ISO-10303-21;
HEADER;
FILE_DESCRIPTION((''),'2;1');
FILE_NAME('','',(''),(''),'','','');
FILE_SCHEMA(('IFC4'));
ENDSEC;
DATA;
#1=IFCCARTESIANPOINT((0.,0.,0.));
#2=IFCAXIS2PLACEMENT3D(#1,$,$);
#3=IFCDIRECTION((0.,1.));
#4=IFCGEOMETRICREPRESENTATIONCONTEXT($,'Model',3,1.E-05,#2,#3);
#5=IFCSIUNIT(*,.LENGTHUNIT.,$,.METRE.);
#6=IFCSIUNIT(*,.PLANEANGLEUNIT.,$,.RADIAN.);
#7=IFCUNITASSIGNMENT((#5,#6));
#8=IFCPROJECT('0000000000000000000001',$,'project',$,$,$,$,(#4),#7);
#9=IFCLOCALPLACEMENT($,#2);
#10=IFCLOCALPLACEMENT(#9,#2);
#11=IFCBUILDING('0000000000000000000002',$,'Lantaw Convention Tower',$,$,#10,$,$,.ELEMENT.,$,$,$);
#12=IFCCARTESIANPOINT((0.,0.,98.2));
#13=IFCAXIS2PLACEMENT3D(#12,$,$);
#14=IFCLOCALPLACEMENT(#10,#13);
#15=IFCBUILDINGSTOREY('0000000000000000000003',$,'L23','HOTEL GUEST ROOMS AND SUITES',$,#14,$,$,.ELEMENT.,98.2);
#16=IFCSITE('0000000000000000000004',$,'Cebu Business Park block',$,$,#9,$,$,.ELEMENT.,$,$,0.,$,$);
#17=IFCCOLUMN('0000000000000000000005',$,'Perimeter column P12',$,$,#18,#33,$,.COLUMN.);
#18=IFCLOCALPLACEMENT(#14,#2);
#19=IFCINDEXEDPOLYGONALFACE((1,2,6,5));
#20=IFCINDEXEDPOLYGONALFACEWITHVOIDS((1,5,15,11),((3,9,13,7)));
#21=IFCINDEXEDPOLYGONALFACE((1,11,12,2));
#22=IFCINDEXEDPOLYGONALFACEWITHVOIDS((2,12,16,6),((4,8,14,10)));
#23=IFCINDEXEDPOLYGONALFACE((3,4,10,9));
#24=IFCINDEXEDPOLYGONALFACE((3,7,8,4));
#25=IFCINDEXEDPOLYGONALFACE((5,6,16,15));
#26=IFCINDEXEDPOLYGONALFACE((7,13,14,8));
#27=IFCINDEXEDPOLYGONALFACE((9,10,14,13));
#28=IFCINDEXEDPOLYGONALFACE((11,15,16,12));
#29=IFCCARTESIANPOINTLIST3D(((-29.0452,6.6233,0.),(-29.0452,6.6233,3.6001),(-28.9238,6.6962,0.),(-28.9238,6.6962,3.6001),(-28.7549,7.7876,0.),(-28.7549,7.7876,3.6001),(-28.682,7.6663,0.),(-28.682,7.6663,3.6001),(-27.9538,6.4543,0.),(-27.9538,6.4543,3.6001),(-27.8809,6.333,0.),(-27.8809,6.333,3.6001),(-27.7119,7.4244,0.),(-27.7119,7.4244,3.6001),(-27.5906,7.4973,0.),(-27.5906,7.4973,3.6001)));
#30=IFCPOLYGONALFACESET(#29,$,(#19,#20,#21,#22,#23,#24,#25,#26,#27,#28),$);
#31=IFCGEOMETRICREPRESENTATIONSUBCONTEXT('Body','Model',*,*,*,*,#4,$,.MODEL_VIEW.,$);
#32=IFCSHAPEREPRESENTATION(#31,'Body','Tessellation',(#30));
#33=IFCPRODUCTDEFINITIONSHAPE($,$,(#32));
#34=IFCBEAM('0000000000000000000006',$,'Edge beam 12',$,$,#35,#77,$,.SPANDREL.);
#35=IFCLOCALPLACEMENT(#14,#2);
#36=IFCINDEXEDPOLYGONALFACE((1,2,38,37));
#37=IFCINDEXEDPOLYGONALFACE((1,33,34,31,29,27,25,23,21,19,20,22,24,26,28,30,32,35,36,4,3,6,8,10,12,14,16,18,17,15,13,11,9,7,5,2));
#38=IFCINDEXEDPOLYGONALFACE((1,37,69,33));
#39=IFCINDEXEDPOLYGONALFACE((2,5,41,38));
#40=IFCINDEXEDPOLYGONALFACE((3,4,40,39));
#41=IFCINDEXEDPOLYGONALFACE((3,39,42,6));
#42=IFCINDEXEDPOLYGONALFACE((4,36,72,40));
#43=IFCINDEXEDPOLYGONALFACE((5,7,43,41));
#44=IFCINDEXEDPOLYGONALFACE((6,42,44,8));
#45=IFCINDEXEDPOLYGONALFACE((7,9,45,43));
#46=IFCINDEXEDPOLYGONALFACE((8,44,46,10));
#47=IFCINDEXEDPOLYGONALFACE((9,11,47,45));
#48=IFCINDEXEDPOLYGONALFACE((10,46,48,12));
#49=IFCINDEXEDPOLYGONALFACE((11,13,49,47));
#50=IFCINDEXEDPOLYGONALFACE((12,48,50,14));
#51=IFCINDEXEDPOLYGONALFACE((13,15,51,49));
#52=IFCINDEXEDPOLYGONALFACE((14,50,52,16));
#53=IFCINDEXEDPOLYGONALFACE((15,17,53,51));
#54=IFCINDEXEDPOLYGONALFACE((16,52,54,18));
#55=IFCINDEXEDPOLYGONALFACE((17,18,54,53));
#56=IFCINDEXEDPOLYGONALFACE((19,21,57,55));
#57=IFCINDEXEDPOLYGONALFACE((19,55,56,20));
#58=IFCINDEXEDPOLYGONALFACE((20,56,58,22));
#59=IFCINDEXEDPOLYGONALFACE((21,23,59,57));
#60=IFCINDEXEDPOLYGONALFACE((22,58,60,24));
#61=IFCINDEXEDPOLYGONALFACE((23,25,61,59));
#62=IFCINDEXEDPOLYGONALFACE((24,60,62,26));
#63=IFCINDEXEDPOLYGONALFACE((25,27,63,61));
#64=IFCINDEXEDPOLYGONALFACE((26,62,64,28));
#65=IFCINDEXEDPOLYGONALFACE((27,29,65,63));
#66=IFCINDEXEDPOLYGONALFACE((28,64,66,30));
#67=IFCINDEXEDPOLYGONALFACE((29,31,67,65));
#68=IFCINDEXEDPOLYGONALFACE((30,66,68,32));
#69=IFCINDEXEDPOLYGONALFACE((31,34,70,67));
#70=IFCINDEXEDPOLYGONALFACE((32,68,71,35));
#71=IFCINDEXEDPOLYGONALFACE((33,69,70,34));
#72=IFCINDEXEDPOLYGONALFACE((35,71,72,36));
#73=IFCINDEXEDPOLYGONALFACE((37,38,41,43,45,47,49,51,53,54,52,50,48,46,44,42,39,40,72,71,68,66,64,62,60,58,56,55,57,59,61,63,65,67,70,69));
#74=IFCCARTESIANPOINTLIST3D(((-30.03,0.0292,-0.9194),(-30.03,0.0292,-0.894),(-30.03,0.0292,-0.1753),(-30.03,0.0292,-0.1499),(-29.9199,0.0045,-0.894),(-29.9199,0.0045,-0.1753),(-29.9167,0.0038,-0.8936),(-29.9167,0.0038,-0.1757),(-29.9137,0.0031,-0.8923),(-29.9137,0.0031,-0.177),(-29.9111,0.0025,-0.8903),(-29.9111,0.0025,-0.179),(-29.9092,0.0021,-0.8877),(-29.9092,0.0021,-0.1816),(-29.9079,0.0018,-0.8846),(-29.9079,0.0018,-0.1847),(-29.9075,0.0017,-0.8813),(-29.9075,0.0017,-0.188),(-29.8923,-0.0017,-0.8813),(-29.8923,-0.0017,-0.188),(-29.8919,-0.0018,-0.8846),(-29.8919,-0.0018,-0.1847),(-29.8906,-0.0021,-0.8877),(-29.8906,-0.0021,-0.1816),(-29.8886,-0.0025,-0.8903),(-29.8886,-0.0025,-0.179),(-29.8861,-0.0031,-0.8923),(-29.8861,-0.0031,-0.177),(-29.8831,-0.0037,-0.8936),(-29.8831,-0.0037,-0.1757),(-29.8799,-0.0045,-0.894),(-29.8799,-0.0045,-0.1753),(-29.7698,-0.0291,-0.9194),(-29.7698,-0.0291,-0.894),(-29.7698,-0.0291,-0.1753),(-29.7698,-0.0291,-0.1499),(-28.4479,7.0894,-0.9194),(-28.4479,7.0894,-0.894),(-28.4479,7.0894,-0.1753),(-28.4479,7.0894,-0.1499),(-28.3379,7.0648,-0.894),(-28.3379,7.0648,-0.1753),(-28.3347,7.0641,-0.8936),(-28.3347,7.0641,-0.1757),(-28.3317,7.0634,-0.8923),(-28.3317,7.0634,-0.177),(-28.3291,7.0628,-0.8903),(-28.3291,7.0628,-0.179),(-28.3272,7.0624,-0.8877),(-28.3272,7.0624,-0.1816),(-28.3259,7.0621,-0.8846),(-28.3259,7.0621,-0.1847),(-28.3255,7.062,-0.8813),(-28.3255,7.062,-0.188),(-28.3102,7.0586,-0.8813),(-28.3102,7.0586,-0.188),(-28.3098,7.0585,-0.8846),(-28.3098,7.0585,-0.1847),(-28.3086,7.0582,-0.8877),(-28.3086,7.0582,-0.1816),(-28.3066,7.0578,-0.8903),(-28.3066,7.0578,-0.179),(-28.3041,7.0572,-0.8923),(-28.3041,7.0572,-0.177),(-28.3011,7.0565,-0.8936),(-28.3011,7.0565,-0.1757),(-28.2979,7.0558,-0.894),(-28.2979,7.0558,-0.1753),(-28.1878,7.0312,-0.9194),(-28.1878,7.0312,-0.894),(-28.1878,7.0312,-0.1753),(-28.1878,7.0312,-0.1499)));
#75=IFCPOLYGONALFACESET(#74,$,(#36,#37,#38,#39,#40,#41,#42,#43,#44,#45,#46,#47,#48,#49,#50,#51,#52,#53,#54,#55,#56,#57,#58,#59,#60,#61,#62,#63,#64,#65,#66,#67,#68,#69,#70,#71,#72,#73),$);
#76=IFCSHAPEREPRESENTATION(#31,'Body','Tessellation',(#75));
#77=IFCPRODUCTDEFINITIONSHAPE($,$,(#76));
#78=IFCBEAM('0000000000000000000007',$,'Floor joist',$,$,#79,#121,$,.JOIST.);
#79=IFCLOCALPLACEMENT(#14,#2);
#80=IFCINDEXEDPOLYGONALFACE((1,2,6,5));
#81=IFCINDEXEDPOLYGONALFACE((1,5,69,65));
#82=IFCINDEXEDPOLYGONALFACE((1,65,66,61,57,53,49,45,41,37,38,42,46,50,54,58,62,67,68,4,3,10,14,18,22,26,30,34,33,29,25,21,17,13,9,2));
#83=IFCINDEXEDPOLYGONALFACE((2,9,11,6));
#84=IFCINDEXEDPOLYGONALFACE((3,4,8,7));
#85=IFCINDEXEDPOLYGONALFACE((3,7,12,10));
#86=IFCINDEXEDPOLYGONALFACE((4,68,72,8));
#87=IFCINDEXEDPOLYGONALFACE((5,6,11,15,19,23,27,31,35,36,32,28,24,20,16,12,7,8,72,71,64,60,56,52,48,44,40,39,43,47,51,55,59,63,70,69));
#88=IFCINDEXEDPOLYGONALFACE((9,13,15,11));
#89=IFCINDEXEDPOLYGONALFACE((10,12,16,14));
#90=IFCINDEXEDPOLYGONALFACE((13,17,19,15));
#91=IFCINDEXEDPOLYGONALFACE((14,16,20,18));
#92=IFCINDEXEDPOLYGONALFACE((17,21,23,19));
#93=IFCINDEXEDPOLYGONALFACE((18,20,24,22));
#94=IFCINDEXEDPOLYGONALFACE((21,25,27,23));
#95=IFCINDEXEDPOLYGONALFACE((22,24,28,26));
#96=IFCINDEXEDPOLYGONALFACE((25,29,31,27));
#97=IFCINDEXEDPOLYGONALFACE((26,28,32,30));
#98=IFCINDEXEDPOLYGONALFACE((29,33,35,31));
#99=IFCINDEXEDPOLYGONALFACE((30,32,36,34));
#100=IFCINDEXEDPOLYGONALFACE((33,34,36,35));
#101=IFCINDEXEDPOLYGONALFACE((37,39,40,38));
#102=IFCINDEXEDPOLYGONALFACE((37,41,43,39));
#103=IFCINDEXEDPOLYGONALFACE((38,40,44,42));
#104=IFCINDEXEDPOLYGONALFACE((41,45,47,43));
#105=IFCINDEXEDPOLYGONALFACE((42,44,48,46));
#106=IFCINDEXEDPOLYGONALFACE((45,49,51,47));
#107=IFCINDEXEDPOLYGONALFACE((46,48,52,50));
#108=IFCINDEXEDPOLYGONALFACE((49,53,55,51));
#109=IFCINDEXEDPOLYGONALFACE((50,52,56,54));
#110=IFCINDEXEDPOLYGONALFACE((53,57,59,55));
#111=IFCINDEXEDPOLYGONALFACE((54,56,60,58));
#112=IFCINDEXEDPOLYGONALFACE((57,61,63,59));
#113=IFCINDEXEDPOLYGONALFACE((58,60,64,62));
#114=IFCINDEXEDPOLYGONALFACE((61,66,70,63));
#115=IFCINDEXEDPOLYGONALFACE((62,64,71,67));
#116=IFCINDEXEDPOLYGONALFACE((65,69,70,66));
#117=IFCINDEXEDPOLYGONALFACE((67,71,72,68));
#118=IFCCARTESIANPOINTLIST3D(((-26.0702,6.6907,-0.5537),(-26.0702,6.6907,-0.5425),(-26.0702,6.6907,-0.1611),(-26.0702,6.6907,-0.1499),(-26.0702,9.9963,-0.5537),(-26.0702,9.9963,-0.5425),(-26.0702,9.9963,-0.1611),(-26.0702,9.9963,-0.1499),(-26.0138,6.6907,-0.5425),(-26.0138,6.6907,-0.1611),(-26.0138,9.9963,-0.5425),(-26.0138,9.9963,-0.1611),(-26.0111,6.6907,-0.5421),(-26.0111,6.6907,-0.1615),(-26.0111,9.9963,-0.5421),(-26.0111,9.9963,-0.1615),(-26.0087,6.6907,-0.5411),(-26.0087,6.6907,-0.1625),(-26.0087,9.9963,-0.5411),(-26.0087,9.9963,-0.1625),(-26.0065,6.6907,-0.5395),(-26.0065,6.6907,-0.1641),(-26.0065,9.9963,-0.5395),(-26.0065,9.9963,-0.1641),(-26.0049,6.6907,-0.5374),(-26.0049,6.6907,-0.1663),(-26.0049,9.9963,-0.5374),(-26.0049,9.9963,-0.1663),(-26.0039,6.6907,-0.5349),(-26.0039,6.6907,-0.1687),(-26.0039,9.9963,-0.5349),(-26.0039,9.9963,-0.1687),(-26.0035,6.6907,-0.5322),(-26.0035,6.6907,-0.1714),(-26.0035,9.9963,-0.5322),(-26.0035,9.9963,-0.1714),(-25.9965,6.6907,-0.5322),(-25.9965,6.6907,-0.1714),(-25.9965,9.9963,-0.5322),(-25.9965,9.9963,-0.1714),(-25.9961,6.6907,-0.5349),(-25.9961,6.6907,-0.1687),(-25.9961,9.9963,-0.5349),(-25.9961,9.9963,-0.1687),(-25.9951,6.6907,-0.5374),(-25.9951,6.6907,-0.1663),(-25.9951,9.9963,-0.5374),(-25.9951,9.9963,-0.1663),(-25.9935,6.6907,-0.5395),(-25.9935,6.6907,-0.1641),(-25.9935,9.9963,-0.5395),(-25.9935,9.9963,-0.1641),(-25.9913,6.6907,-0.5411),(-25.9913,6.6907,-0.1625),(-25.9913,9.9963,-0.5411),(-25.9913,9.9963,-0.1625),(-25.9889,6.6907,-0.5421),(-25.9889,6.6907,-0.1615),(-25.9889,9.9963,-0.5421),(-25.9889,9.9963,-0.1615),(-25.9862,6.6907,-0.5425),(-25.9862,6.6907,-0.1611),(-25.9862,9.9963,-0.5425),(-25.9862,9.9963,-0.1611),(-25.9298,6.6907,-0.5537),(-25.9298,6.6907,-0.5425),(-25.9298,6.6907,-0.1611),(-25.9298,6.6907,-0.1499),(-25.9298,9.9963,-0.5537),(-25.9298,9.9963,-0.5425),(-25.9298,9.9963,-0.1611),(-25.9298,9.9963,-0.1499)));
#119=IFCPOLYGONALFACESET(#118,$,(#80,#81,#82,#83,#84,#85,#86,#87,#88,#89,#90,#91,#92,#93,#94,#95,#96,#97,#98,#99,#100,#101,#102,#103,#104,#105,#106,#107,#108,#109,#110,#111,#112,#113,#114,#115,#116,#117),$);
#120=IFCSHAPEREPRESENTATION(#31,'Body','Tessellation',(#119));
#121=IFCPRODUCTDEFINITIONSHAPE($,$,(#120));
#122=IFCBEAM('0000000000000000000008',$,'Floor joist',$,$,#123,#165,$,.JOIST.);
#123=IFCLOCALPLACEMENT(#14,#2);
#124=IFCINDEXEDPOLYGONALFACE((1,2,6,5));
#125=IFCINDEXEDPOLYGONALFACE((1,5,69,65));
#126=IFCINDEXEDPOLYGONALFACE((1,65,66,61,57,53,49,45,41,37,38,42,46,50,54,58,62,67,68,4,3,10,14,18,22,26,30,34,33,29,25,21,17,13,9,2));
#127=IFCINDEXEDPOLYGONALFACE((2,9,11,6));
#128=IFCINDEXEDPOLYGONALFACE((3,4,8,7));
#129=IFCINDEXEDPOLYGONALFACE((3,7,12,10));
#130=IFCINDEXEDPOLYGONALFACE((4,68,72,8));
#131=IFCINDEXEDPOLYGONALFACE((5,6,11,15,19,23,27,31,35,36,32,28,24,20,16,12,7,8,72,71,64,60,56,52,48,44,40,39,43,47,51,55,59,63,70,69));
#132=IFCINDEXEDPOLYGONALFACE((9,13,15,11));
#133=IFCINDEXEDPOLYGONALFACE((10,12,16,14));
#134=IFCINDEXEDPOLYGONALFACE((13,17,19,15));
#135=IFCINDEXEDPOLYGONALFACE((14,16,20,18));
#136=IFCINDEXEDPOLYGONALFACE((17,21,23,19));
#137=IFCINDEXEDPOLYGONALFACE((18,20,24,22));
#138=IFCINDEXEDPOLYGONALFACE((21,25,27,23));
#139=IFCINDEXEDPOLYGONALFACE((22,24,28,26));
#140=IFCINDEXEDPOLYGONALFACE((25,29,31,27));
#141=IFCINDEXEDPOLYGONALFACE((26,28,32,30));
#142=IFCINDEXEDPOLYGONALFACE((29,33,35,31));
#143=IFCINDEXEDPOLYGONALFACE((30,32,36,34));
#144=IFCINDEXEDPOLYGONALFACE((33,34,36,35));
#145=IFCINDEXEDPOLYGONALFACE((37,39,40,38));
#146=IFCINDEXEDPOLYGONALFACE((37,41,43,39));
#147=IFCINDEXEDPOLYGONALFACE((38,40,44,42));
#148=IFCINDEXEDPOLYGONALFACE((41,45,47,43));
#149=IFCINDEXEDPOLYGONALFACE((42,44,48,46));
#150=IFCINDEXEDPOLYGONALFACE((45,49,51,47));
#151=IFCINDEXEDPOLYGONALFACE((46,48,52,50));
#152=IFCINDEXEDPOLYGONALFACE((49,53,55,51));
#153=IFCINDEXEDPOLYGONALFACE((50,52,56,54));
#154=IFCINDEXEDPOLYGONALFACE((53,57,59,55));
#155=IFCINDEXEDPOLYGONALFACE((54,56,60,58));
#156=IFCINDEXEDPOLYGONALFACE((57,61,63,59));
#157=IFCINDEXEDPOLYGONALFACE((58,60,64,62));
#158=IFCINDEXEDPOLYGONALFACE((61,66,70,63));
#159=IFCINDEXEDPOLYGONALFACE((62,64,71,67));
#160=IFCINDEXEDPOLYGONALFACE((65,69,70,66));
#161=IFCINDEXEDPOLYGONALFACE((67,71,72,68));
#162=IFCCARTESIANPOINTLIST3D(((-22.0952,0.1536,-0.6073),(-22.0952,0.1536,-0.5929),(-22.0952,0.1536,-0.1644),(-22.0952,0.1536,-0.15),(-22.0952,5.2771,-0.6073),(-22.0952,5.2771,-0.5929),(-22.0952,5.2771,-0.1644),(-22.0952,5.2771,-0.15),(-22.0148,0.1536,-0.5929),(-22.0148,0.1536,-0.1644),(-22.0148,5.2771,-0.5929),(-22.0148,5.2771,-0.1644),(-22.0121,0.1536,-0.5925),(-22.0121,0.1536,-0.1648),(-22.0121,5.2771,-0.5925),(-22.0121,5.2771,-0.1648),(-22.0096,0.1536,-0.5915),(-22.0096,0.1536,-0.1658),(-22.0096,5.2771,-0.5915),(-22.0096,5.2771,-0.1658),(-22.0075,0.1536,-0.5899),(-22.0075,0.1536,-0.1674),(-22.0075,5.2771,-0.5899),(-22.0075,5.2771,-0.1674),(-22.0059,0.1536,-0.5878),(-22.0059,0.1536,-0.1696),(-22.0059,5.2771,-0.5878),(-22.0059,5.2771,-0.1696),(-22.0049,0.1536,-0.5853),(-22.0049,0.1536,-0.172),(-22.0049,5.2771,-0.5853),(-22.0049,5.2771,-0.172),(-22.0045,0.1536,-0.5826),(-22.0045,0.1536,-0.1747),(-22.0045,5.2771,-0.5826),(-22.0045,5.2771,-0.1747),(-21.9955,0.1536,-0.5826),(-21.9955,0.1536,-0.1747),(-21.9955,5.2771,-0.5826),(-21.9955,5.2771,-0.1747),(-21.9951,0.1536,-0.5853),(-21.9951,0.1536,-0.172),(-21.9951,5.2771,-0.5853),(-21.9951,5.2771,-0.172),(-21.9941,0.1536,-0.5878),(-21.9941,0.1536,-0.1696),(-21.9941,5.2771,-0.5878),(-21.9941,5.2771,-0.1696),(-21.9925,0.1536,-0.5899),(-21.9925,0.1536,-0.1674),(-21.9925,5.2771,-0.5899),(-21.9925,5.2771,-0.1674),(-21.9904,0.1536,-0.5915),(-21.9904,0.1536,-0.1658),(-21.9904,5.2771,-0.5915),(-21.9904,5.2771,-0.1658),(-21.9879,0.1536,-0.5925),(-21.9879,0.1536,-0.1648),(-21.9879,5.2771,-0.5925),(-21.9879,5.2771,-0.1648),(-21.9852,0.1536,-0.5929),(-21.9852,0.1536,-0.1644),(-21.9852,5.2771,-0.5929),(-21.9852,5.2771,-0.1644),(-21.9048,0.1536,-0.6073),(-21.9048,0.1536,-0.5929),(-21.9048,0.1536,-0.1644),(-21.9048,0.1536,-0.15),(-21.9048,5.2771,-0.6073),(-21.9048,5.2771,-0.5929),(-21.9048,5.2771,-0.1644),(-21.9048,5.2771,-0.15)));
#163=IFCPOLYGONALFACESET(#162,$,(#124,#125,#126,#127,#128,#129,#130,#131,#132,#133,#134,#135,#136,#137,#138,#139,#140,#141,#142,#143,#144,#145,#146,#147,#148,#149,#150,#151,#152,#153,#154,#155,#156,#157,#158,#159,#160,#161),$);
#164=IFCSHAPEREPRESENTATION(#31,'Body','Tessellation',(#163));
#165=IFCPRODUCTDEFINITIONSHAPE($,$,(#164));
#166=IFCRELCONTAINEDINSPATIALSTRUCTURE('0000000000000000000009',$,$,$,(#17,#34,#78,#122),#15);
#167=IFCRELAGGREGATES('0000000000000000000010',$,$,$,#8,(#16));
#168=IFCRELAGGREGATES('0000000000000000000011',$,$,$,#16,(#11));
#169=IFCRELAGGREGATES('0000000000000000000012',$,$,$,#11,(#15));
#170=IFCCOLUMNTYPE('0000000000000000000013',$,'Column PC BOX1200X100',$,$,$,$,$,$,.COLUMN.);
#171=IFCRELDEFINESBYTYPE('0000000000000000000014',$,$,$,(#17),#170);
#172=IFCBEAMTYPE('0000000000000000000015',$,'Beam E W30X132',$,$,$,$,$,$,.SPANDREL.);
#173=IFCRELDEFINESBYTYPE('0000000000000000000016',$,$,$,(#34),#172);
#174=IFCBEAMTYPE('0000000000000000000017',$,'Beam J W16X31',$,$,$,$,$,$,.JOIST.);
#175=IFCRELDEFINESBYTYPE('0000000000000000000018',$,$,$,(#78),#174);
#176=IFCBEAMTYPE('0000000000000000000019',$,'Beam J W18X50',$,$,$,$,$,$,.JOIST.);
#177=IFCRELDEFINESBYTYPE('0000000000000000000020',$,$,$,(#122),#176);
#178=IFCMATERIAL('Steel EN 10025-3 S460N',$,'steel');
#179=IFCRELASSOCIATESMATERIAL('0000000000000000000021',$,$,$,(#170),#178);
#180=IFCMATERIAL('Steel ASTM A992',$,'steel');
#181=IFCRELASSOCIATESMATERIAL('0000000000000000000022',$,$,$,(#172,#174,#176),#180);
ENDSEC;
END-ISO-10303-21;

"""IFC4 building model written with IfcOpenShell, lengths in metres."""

from ifc_helpers import new_model, si_unit, direction, frame, origin, origin_2d, place, context, subcontext, project, spatial, rectangle, hollow_rectangle, i_section, extrude, material, material_profile, profile_set, type_object, element, save


model = new_model("IFC4")

# Units and contexts
model_context = context("Model", 3, precision=1e-05, world=origin(), true_north=direction((0.0, 1.0)))
body_context = subcontext(model_context, "Body", "Model", "MODEL_VIEW")
ifc_project = project(units=[si_unit("LENGTHUNIT", "METRE"), si_unit("PLANEANGLEUNIT", "RADIAN")], contexts=[model_context])

# Site, building, storey
site_placement = place(None, origin())
site = spatial("IfcSite", under=ifc_project, at=site_placement, Name="Cebu Business Park block", CompositionType="ELEMENT", RefElevation=0.0)
building_placement = place(site_placement, origin())
building = spatial("IfcBuilding", under=site, at=building_placement, Name="Lantaw Convention Tower", CompositionType="ELEMENT")
storey_placement = place(building_placement, frame((0.0, 0.0, 98.2)))
storey = spatial("IfcBuildingStorey", under=building, at=storey_placement, Name="L23", Description="HOTEL GUEST ROOMS AND SUITES", CompositionType="ELEMENT", Elevation=98.2)

# Column
ifc_material_1 = material(Name="Steel EN 10025-3 S460N", Category="steel")
ifc_material_profile_1 = material_profile(ifc_material_1, hollow_rectangle(XDim=1.2, YDim=1.2, WallThickness=0.1001, at=origin_2d()), Name="BOX1200X100")
ifc_material_2 = material(Name="Concrete C60/75", Category="concrete")
ifc_material_profile_2 = material_profile(ifc_material_2, rectangle(XDim=1.0, YDim=1.0, at=origin_2d()), Name="Concrete fill of BOX1200X100")
ifc_profile_set_1 = profile_set([ifc_material_profile_1, ifc_material_profile_2], Name="Steel EN 10025-3 S460N")
column_type = type_object("IfcColumnType", Name="Column PC BOX1200X100", PredefinedType="COLUMN", material=ifc_profile_set_1)
column_placement = place(storey_placement, frame((-28.3179, 7.0603, 0.0), z_axis=(0.0, 0.0, 1.0), x_axis=(0.241922, 0.970296, 0.0)))
element("IfcColumn", 1, at=column_placement, inside=storey, type_object=column_type, Name="Perimeter column P12", PredefinedType="COLUMN", context=body_context, shape_type="SweptSolid", body=[
    extrude(hollow_rectangle(XDim=1.2, YDim=1.2, WallThickness=0.1001, at=origin_2d()), origin(), (0.0, 0.0, 1.0), 3.6001),
])

# Beams
ifc_material_3 = material(Name="Steel ASTM A992", Category="steel")
ifc_material_profile_3 = material_profile(ifc_material_3, i_section(OverallWidth=0.2666, OverallDepth=0.7695, WebThickness=0.0156, FlangeThickness=0.0254, FilletRadius=0.0127, at=origin_2d()), Name="W30X132")
ifc_profile_set_2 = profile_set([ifc_material_profile_3], Name="Steel ASTM A992")
beam_type_1 = type_object("IfcBeamType", Name="Beam E W30X132", PredefinedType="SPANDREL", material=ifc_profile_set_2)
beam_1_placement = place(storey_placement, frame((-28.3179, 7.0603, -0.5347), z_axis=(-0.218652, -0.975803, 0.0), x_axis=(0.975803, -0.218652, 0.0)))
element("IfcBeam", 2, at=beam_1_placement, inside=storey, type_object=beam_type_1, Name="Edge beam 12", PredefinedType="SPANDREL", context=body_context, shape_type="SweptSolid", body=[
    extrude(i_section(OverallWidth=0.2666, OverallDepth=0.7695, WebThickness=0.0156, FlangeThickness=0.0254, FilletRadius=0.0127, at=origin_2d()), origin(), (0.0, 0.0, 1.0), 7.2354),
])
ifc_material_profile_4 = material_profile(ifc_material_3, i_section(OverallWidth=0.1404, OverallDepth=0.4038, WebThickness=0.0071, FlangeThickness=0.0112, FilletRadius=0.0103, at=origin_2d()), Name="W16X31")
ifc_profile_set_3 = profile_set([ifc_material_profile_4], Name="Steel ASTM A992")
beam_type_2 = type_object("IfcBeamType", Name="Beam J W16X31", PredefinedType="JOIST", material=ifc_profile_set_3)
beam_2_placement = place(storey_placement, frame((-26.0, 6.6907, -0.3518), z_axis=(0.0, 1.0, 0.0), x_axis=(-1.0, 0.0, 0.0)))
element("IfcBeam", 3, at=beam_2_placement, inside=storey, type_object=beam_type_2, Name="Floor joist", PredefinedType="JOIST", context=body_context, shape_type="SweptSolid", body=[
    extrude(i_section(OverallWidth=0.1404, OverallDepth=0.4038, WebThickness=0.0071, FlangeThickness=0.0112, FilletRadius=0.0103, at=origin_2d()), origin(), (0.0, 0.0, 1.0), 3.3057),
])
ifc_material_profile_5 = material_profile(ifc_material_3, i_section(OverallWidth=0.1904, OverallDepth=0.4573, WebThickness=0.009, FlangeThickness=0.0144, FilletRadius=0.0103, at=origin_2d()), Name="W18X50")
ifc_profile_set_4 = profile_set([ifc_material_profile_5], Name="Steel ASTM A992")
beam_type_3 = type_object("IfcBeamType", Name="Beam J W18X50", PredefinedType="JOIST", material=ifc_profile_set_4)
beam_3_placement = place(storey_placement, frame((-22.0, 0.1536, -0.3787), z_axis=(0.0, 1.0, 0.0), x_axis=(-1.0, 0.0, 0.0)))
element("IfcBeam", 4, at=beam_3_placement, inside=storey, type_object=beam_type_3, Name="Floor joist", PredefinedType="JOIST", context=body_context, shape_type="SweptSolid", body=[
    extrude(i_section(OverallWidth=0.1904, OverallDepth=0.4573, WebThickness=0.009, FlangeThickness=0.0144, FilletRadius=0.0103, at=origin_2d()), origin(), (0.0, 0.0, 1.0), 5.1235),
])

save(model, "model.ifc")
